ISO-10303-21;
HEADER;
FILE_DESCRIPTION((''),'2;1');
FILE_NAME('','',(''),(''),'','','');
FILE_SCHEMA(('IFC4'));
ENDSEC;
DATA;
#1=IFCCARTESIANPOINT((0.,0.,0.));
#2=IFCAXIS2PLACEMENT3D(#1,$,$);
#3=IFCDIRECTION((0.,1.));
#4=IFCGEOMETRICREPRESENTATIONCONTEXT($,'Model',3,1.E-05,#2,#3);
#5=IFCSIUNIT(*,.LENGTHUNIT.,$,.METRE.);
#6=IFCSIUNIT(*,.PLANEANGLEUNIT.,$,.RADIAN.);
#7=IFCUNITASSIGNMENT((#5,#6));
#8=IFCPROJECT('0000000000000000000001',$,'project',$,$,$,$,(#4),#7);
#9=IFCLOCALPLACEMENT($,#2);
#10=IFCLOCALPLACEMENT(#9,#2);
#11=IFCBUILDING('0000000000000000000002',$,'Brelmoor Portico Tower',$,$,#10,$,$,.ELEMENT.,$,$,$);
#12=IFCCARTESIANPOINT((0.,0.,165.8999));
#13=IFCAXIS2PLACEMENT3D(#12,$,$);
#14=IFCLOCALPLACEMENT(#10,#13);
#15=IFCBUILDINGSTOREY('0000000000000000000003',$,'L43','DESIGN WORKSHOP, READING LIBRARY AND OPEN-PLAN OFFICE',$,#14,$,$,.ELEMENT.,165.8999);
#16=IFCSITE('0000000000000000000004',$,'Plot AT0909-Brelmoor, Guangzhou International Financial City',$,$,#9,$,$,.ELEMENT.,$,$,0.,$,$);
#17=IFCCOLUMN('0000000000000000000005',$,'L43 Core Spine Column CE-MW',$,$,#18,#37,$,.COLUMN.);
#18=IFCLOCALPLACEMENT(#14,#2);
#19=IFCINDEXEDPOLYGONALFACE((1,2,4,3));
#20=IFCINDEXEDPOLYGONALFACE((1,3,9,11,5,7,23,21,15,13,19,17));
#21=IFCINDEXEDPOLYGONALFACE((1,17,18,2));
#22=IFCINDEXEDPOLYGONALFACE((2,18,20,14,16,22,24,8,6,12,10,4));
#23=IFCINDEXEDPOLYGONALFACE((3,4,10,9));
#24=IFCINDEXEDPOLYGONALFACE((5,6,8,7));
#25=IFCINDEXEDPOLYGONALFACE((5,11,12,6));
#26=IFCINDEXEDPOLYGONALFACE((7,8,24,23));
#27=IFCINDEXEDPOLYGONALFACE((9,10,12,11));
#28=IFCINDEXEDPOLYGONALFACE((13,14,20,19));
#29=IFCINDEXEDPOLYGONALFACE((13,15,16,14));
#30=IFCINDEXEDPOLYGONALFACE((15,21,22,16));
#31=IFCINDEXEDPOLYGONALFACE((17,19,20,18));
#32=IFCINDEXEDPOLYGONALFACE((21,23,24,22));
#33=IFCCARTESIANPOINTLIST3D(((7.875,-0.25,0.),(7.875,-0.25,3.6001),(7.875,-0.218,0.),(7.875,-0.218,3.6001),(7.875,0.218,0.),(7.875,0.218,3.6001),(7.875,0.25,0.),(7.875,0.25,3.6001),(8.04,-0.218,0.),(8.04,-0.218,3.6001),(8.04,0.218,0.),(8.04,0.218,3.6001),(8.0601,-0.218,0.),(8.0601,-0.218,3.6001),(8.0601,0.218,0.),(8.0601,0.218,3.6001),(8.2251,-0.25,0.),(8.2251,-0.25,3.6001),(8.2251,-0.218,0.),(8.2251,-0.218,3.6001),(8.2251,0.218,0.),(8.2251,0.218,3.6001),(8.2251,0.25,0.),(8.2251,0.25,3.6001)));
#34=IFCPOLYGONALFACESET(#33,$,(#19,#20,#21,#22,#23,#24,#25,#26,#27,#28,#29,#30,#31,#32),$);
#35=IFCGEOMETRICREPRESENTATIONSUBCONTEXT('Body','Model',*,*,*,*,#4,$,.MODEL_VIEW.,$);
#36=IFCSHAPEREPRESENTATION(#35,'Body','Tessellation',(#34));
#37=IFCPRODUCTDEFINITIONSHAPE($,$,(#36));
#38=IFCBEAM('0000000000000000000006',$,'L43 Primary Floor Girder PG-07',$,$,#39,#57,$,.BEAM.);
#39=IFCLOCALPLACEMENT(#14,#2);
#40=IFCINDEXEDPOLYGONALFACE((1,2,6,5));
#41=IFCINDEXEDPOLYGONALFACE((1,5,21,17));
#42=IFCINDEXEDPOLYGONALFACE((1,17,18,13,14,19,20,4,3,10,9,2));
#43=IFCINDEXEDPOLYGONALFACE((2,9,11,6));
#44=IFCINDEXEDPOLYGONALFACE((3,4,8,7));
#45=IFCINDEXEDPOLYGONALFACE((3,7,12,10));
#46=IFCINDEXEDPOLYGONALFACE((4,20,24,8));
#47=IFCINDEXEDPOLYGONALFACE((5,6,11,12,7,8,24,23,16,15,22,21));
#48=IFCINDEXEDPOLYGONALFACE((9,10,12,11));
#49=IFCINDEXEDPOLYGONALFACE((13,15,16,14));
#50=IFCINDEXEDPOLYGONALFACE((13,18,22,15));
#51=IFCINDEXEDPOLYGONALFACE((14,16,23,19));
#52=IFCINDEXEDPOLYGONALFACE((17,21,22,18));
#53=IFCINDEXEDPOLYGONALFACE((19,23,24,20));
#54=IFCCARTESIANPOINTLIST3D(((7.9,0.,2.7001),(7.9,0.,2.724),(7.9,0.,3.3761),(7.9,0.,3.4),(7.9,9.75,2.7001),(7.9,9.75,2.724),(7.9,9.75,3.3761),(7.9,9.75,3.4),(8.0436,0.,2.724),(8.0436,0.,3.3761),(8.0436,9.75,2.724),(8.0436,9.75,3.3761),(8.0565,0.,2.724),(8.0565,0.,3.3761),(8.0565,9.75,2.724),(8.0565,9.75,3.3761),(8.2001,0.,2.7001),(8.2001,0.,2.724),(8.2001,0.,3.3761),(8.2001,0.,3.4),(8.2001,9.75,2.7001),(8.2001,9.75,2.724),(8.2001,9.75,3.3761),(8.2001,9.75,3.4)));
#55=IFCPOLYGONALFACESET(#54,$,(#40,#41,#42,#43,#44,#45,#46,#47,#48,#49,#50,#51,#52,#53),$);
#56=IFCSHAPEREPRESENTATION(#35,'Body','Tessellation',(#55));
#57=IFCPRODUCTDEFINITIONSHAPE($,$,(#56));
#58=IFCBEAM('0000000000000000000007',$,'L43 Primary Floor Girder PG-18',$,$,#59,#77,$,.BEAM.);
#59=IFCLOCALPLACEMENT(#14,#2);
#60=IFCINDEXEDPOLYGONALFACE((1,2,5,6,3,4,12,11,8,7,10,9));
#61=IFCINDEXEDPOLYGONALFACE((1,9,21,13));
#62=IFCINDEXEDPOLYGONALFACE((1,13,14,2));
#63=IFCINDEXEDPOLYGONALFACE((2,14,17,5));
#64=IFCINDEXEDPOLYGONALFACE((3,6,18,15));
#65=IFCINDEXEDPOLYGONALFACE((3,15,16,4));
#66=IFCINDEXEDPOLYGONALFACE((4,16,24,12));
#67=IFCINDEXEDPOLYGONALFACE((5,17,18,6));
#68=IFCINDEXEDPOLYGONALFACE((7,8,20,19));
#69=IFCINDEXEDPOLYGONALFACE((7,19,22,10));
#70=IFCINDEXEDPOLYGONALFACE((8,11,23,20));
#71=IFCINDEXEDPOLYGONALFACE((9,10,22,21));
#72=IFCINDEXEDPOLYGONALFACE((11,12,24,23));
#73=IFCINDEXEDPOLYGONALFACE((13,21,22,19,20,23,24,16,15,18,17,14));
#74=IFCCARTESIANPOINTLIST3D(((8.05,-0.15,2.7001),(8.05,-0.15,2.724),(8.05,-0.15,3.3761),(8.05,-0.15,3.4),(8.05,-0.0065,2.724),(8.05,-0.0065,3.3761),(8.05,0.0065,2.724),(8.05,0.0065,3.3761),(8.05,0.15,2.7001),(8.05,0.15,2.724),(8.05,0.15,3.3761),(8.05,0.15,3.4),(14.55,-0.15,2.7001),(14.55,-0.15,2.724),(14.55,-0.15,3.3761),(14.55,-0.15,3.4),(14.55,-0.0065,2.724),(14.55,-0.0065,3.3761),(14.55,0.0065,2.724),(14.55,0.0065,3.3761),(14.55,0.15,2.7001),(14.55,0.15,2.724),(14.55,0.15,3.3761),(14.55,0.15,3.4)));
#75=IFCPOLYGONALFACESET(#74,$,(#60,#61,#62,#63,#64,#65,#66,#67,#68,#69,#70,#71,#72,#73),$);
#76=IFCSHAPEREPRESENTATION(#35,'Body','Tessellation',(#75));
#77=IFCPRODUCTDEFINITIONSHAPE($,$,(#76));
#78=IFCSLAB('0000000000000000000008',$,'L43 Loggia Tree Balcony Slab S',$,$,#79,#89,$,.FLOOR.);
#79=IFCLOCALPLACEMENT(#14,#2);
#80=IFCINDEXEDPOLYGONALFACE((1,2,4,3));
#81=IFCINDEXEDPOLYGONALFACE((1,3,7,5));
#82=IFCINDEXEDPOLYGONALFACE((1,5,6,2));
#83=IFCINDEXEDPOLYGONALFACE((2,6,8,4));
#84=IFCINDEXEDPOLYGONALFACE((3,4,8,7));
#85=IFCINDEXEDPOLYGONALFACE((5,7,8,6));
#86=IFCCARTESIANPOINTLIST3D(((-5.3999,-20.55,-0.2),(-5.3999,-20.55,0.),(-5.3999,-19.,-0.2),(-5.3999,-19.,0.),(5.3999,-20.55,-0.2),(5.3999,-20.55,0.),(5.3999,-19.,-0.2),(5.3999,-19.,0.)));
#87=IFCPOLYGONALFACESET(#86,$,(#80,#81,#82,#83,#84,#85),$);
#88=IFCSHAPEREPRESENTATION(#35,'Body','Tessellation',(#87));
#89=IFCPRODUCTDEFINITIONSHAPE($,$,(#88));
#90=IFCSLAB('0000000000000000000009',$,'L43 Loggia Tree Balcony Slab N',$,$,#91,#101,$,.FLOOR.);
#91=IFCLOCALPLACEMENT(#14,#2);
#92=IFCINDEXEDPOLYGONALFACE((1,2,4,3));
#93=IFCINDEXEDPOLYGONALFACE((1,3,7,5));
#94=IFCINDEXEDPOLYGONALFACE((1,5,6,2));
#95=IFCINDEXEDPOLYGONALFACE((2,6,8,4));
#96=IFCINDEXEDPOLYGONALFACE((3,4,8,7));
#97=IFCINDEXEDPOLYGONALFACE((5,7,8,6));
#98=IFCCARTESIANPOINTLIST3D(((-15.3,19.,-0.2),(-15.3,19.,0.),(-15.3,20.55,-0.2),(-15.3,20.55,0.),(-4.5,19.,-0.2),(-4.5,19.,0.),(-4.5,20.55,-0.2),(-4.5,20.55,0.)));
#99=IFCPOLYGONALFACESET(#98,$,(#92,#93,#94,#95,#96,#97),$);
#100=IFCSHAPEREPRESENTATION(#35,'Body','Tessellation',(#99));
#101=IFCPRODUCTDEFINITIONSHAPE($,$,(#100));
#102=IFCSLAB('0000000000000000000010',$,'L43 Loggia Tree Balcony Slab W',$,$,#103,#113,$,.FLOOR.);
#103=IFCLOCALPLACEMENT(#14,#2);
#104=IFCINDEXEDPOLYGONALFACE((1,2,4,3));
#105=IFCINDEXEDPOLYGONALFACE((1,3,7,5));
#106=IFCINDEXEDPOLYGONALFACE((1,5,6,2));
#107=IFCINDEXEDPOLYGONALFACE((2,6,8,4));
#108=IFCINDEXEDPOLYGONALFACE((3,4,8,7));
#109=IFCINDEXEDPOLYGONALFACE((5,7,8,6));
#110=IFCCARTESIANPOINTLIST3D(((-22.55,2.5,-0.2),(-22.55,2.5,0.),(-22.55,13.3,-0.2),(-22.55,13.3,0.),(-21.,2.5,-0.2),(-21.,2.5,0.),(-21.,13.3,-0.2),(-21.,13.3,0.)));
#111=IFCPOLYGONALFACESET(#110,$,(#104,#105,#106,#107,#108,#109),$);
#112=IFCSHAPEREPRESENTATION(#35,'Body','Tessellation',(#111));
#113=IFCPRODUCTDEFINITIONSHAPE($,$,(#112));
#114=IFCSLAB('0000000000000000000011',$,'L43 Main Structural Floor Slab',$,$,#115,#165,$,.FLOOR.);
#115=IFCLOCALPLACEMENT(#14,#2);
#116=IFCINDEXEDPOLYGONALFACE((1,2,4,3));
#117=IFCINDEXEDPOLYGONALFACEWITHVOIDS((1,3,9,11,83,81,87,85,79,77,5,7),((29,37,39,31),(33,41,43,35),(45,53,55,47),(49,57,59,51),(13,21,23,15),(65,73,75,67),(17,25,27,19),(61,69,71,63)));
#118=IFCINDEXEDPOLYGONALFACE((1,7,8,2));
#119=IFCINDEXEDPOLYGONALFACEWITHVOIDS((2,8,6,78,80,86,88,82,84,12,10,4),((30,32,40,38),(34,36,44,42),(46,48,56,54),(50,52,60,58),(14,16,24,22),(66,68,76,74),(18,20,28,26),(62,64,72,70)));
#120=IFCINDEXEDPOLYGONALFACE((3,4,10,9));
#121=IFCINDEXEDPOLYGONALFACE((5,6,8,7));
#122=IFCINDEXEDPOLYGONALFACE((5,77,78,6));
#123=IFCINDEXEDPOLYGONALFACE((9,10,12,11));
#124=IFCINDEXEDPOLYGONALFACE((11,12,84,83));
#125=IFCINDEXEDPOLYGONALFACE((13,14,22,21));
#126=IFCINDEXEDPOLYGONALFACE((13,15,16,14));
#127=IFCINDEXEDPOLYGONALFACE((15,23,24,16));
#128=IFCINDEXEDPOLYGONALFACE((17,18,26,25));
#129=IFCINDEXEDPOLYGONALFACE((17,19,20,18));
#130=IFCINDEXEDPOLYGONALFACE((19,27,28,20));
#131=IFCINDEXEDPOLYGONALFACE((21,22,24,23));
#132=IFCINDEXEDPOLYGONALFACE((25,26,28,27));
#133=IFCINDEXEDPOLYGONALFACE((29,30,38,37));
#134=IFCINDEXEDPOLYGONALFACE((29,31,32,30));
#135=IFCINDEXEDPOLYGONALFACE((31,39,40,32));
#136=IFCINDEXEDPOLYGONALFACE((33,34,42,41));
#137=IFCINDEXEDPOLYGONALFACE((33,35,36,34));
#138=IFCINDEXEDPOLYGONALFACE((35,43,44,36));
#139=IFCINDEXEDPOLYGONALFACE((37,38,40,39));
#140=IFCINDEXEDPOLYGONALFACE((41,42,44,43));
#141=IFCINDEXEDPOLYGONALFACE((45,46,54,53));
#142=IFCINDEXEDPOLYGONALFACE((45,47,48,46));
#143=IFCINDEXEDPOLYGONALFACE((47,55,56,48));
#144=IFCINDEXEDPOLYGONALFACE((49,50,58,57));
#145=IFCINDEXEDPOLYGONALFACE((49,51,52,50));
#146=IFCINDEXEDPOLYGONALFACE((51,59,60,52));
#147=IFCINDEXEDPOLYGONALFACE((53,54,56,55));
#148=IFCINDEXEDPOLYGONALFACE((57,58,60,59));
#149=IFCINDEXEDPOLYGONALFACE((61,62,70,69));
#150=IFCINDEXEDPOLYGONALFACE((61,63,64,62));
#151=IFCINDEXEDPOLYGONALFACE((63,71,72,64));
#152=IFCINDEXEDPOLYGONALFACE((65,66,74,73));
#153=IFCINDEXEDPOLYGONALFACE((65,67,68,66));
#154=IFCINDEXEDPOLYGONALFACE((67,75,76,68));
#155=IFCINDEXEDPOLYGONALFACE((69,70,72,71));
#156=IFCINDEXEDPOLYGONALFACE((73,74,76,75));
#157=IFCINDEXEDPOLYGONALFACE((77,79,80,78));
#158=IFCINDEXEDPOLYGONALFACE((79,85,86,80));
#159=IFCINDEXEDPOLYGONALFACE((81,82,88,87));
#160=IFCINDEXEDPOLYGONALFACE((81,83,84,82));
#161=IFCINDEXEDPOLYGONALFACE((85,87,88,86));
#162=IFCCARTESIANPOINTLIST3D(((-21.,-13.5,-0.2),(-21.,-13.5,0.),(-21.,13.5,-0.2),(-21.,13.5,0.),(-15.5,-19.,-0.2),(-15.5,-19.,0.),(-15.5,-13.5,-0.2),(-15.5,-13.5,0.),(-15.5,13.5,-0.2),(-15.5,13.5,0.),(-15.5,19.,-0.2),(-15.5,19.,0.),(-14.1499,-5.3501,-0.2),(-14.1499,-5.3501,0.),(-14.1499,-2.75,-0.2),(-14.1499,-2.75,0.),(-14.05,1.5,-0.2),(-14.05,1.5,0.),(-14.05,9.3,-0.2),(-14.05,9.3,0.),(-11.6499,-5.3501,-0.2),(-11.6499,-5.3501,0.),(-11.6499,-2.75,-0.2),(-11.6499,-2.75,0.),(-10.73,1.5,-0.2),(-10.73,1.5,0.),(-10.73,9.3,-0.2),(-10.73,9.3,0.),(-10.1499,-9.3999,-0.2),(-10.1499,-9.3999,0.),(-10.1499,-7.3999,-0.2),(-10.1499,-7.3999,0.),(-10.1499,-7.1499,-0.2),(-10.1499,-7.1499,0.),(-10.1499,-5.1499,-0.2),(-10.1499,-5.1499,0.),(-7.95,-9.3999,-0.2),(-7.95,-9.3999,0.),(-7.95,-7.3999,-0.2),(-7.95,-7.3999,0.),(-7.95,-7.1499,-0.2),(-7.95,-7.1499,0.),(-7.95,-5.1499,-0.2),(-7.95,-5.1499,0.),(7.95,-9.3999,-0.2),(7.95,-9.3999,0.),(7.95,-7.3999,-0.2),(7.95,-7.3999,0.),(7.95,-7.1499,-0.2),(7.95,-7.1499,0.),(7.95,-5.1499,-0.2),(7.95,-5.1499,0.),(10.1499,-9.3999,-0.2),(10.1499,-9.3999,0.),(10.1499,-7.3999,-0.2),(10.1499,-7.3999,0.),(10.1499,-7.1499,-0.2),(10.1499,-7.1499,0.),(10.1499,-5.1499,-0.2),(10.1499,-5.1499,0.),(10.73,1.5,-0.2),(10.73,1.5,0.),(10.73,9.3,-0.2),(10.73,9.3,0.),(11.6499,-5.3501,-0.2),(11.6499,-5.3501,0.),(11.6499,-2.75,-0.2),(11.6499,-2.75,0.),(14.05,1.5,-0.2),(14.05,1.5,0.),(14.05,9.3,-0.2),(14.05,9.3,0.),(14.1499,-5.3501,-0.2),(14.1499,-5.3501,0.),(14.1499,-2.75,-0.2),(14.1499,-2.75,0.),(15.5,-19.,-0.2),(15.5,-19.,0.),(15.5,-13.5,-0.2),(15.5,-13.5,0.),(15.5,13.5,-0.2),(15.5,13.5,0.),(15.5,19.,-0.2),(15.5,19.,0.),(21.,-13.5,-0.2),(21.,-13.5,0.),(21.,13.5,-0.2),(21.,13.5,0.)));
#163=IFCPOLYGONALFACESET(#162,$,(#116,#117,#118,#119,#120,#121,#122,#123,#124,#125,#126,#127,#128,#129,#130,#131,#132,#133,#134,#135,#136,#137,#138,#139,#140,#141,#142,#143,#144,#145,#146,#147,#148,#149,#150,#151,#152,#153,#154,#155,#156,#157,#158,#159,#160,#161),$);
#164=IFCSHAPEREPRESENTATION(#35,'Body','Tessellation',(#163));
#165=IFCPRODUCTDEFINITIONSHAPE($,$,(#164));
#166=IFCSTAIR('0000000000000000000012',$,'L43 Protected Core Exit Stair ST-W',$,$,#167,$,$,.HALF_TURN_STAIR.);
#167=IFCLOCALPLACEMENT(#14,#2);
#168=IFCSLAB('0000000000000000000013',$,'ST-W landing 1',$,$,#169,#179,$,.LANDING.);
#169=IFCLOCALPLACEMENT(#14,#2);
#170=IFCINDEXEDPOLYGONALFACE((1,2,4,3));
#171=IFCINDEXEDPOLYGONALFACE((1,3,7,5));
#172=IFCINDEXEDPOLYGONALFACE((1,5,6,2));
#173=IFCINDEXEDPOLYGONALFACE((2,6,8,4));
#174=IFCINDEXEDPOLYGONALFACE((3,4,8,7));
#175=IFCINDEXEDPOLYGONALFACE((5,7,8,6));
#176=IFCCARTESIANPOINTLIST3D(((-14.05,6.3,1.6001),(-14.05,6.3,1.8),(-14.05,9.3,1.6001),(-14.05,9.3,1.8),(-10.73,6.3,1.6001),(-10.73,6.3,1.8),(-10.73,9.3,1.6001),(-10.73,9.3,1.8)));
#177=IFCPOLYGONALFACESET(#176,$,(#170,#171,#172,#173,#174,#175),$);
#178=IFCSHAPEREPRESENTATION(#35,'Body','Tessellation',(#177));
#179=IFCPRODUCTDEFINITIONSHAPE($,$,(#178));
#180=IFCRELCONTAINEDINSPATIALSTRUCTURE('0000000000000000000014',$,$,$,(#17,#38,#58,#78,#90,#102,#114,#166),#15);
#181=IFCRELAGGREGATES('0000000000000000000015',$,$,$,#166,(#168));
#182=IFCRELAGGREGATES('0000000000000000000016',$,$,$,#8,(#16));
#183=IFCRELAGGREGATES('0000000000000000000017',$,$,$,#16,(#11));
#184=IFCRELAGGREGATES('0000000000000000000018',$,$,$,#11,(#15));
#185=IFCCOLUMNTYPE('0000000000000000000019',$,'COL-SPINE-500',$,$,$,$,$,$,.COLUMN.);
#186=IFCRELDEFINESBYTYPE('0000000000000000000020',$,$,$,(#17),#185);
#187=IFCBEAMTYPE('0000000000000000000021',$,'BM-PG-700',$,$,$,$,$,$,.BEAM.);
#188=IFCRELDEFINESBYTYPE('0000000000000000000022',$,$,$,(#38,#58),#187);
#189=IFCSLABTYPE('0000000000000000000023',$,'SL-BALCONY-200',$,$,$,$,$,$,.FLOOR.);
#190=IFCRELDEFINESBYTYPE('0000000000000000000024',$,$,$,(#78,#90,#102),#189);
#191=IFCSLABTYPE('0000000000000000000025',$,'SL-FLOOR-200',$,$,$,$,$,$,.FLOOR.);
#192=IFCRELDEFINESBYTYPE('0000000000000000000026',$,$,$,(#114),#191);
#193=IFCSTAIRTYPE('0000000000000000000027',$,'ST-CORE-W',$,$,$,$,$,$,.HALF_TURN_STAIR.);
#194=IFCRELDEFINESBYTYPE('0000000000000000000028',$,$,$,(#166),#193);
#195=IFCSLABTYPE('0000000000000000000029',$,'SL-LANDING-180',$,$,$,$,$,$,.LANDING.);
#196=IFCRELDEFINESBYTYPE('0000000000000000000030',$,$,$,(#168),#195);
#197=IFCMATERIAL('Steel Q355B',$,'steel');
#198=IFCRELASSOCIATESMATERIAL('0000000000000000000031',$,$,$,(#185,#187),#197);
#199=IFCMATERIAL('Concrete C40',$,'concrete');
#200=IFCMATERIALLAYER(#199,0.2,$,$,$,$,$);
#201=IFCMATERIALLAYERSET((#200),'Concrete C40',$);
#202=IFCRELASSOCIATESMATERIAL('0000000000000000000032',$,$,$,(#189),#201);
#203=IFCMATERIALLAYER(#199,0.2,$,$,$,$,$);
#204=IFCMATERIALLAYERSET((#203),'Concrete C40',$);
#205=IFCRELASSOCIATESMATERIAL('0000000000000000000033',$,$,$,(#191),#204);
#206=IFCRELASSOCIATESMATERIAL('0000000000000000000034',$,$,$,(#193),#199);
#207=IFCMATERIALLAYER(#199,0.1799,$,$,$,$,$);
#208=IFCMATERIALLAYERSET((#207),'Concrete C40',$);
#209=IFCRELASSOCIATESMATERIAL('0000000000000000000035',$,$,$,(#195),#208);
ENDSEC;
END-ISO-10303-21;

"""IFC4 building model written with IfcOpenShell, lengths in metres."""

from ifc_helpers import new_model, si_unit, direction, frame, origin, origin_2d, place, context, subcontext, project, spatial, polyline, i_section, outline, extrude, material, layer, layer_set, material_profile, profile_set, type_object, element, aggregate, save


model = new_model("IFC4")

# Units and contexts
model_context = context("Model", 3, precision=1e-05, world=origin(), true_north=direction((0.0, 1.0)))
body_context = subcontext(model_context, "Body", "Model", "MODEL_VIEW")
ifc_project = project(units=[si_unit("LENGTHUNIT", "METRE"), si_unit("PLANEANGLEUNIT", "RADIAN")], contexts=[model_context])

# Site, building, storey
site_placement = place(None, origin())
site = spatial("IfcSite", under=ifc_project, at=site_placement, Name="Plot AT0909-Brelmoor, Guangzhou International Financial City", CompositionType="ELEMENT", RefElevation=0.0)
building_placement = place(site_placement, origin())
building = spatial("IfcBuilding", under=site, at=building_placement, Name="Brelmoor Portico Tower", CompositionType="ELEMENT")
storey_placement = place(building_placement, frame((0.0, 0.0, 165.8999)))
storey = spatial("IfcBuildingStorey", under=building, at=storey_placement, Name="L43", Description="DESIGN WORKSHOP, READING LIBRARY AND OPEN-PLAN OFFICE", CompositionType="ELEMENT", Elevation=165.8999)

# Column
ifc_material_1 = material(Name="Steel Q355B", Category="steel")
ifc_material_profile_1 = material_profile(ifc_material_1, i_section(OverallWidth=0.3501, OverallDepth=0.5, WebThickness=0.02, FlangeThickness=0.032, at=origin_2d()), Name="HW 500x350x20x32")
ifc_profile_set_1 = profile_set([ifc_material_profile_1], Name="Steel Q355B")
column_type = type_object("IfcColumnType", Name="COL-SPINE-500", PredefinedType="COLUMN", material=ifc_profile_set_1)
column_placement = place(storey_placement, frame((8.05, 0.0, 0.0), z_axis=(0.0, 0.0, 1.0), x_axis=(1.0, 0.0, 0.0)))
element("IfcColumn", 1, at=column_placement, inside=storey, type_object=column_type, Name="L43 Core Spine Column CE-MW", PredefinedType="COLUMN", context=body_context, shape_type="SweptSolid", body=[
    extrude(i_section(OverallWidth=0.3501, OverallDepth=0.5, WebThickness=0.02, FlangeThickness=0.032, at=origin_2d()), origin(), (0.0, 0.0, 1.0), 3.6001),
])

# Beams
ifc_material_profile_2 = material_profile(ifc_material_1, i_section(OverallWidth=0.3, OverallDepth=0.7, WebThickness=0.0129, FlangeThickness=0.0239, at=origin_2d()), Name="HN 700x300x13x24")
ifc_profile_set_2 = profile_set([ifc_material_profile_2], Name="Steel Q355B")
beam_type = type_object("IfcBeamType", Name="BM-PG-700", PredefinedType="BEAM", material=ifc_profile_set_2)
beam_1_placement = place(storey_placement, frame((8.05, 0.0, 3.05), z_axis=(0.0, 1.0, 0.0), x_axis=(-1.0, 0.0, 0.0)))
element("IfcBeam", 2, at=beam_1_placement, inside=storey, type_object=beam_type, Name="L43 Primary Floor Girder PG-07", PredefinedType="BEAM", context=body_context, shape_type="SweptSolid", body=[
    extrude(i_section(OverallWidth=0.3, OverallDepth=0.7, WebThickness=0.0129, FlangeThickness=0.0239, at=origin_2d()), origin(), (0.0, 0.0, 1.0), 9.75),
])
beam_2_placement = place(storey_placement, frame((8.05, 0.0, 3.05), z_axis=(1.0, 0.0, 0.0), x_axis=(0.0, 1.0, 0.0)))
element("IfcBeam", 3, at=beam_2_placement, inside=storey, type_object=beam_type, Name="L43 Primary Floor Girder PG-18", PredefinedType="BEAM", context=body_context, shape_type="SweptSolid", body=[
    extrude(i_section(OverallWidth=0.3, OverallDepth=0.7, WebThickness=0.0129, FlangeThickness=0.0239, at=origin_2d()), origin(), (0.0, 0.0, 1.0), 6.5),
])

# Slabs
ifc_material_2 = material(Name="Concrete C40", Category="concrete")
ifc_layer_1 = layer(ifc_material_2, 0.2)
ifc_layer_set_1 = layer_set([ifc_layer_1], Name="Concrete C40")
slab_type_1 = type_object("IfcSlabType", Name="SL-BALCONY-200", PredefinedType="FLOOR", material=ifc_layer_set_1)
slab_1_placement = place(storey_placement, frame((0.0, 0.0, -0.2)))
element("IfcSlab", 4, at=slab_1_placement, inside=storey, type_object=slab_type_1, Name="L43 Loggia Tree Balcony Slab S", PredefinedType="FLOOR", context=body_context, shape_type="SweptSolid", body=[
    extrude(outline(polyline([(-5.3999, -20.55), (5.3999, -20.55), (5.3999, -19.0), (-5.3999, -19.0), (-5.3999, -20.55)])), origin(), (0.0, 0.0, 1.0), 0.2),
])
slab_2_placement = place(storey_placement, frame((0.0, 0.0, -0.2)))
element("IfcSlab", 5, at=slab_2_placement, inside=storey, type_object=slab_type_1, Name="L43 Loggia Tree Balcony Slab N", PredefinedType="FLOOR", context=body_context, shape_type="SweptSolid", body=[
    extrude(outline(polyline([(-15.3, 19.0), (-4.5, 19.0), (-4.5, 20.55), (-15.3, 20.55), (-15.3, 19.0)])), origin(), (0.0, 0.0, 1.0), 0.2),
])
slab_3_placement = place(storey_placement, frame((0.0, 0.0, -0.2)))
element("IfcSlab", 6, at=slab_3_placement, inside=storey, type_object=slab_type_1, Name="L43 Loggia Tree Balcony Slab W", PredefinedType="FLOOR", context=body_context, shape_type="SweptSolid", body=[
    extrude(outline(polyline([(-22.55, 2.5), (-21.0, 2.5), (-21.0, 13.3), (-22.55, 13.3), (-22.55, 2.5)])), origin(), (0.0, 0.0, 1.0), 0.2),
])
ifc_layer_2 = layer(ifc_material_2, 0.2)
ifc_layer_set_2 = layer_set([ifc_layer_2], Name="Concrete C40")
slab_type_2 = type_object("IfcSlabType", Name="SL-FLOOR-200", PredefinedType="FLOOR", material=ifc_layer_set_2)
slab_4_placement = place(storey_placement, frame((0.0, 0.0, -0.2)))
element("IfcSlab", 7, at=slab_4_placement, inside=storey, type_object=slab_type_2, Name="L43 Main Structural Floor Slab", PredefinedType="FLOOR", context=body_context, shape_type="SweptSolid", body=[
    extrude(outline(polyline([(-15.5, -19.0), (15.5, -19.0), (15.5, -13.5), (21.0, -13.5), (21.0, 13.5), (15.5, 13.5), (15.5, 19.0), (-15.5, 19.0), (-15.5, 13.5), (-21.0, 13.5), (-21.0, -13.5), (-15.5, -13.5), (-15.5, -19.0)]), holes=[polyline([(-10.73, 1.5), (-10.73, 9.3), (-14.05, 9.3), (-14.05, 1.5), (-10.73, 1.5)]), polyline([(14.05, 1.5), (14.05, 9.3), (10.73, 9.3), (10.73, 1.5), (14.05, 1.5)]), polyline([(-10.1499, -9.3999), (-7.95, -9.3999), (-7.95, -7.3999), (-10.1499, -7.3999), (-10.1499, -9.3999)]), polyline([(-10.1499, -7.1499), (-7.95, -7.1499), (-7.95, -5.1499), (-10.1499, -5.1499), (-10.1499, -7.1499)]), polyline([(7.95, -9.3999), (10.1499, -9.3999), (10.1499, -7.3999), (7.95, -7.3999), (7.95, -9.3999)]), polyline([(7.95, -7.1499), (10.1499, -7.1499), (10.1499, -5.1499), (7.95, -5.1499), (7.95, -7.1499)]), polyline([(-14.1499, -5.3501), (-11.6499, -5.3501), (-11.6499, -2.75), (-14.1499, -2.75), (-14.1499, -5.3501)]), polyline([(11.6499, -5.3501), (14.1499, -5.3501), (14.1499, -2.75), (11.6499, -2.75), (11.6499, -5.3501)])]), origin(), (0.0, 0.0, 1.0), 0.2),
])

# Stair, slab
stair_type_1 = type_object("IfcStairType", Name="ST-CORE-W", PredefinedType="HALF_TURN_STAIR", material=ifc_material_2)
stair_1_placement = place(storey_placement, origin())
stair_1 = element("IfcStair", 8, at=stair_1_placement, inside=storey, type_object=stair_type_1, Name="L43 Protected Core Exit Stair ST-W", PredefinedType="HALF_TURN_STAIR")
ifc_layer_3 = layer(ifc_material_2, 0.1799)
ifc_layer_set_3 = layer_set([ifc_layer_3], Name="Concrete C40")
slab_type_3 = type_object("IfcSlabType", Name="SL-LANDING-180", PredefinedType="LANDING", material=ifc_layer_set_3)
slab_5_placement = place(storey_placement, frame((0.0, 0.0, 1.6001)))
slab_5 = element("IfcSlab", 9, at=slab_5_placement, type_object=slab_type_3, Name="ST-W landing 1", PredefinedType="LANDING", context=body_context, shape_type="SweptSolid", body=[
    extrude(outline(polyline([(-10.73, 6.3), (-10.73, 9.3), (-14.05, 9.3), (-14.05, 6.3), (-10.73, 6.3)])), origin(), (0.0, 0.0, 1.0), 0.2),
])
aggregate(stair_1, [slab_5])

save(model, "model.ifc")
